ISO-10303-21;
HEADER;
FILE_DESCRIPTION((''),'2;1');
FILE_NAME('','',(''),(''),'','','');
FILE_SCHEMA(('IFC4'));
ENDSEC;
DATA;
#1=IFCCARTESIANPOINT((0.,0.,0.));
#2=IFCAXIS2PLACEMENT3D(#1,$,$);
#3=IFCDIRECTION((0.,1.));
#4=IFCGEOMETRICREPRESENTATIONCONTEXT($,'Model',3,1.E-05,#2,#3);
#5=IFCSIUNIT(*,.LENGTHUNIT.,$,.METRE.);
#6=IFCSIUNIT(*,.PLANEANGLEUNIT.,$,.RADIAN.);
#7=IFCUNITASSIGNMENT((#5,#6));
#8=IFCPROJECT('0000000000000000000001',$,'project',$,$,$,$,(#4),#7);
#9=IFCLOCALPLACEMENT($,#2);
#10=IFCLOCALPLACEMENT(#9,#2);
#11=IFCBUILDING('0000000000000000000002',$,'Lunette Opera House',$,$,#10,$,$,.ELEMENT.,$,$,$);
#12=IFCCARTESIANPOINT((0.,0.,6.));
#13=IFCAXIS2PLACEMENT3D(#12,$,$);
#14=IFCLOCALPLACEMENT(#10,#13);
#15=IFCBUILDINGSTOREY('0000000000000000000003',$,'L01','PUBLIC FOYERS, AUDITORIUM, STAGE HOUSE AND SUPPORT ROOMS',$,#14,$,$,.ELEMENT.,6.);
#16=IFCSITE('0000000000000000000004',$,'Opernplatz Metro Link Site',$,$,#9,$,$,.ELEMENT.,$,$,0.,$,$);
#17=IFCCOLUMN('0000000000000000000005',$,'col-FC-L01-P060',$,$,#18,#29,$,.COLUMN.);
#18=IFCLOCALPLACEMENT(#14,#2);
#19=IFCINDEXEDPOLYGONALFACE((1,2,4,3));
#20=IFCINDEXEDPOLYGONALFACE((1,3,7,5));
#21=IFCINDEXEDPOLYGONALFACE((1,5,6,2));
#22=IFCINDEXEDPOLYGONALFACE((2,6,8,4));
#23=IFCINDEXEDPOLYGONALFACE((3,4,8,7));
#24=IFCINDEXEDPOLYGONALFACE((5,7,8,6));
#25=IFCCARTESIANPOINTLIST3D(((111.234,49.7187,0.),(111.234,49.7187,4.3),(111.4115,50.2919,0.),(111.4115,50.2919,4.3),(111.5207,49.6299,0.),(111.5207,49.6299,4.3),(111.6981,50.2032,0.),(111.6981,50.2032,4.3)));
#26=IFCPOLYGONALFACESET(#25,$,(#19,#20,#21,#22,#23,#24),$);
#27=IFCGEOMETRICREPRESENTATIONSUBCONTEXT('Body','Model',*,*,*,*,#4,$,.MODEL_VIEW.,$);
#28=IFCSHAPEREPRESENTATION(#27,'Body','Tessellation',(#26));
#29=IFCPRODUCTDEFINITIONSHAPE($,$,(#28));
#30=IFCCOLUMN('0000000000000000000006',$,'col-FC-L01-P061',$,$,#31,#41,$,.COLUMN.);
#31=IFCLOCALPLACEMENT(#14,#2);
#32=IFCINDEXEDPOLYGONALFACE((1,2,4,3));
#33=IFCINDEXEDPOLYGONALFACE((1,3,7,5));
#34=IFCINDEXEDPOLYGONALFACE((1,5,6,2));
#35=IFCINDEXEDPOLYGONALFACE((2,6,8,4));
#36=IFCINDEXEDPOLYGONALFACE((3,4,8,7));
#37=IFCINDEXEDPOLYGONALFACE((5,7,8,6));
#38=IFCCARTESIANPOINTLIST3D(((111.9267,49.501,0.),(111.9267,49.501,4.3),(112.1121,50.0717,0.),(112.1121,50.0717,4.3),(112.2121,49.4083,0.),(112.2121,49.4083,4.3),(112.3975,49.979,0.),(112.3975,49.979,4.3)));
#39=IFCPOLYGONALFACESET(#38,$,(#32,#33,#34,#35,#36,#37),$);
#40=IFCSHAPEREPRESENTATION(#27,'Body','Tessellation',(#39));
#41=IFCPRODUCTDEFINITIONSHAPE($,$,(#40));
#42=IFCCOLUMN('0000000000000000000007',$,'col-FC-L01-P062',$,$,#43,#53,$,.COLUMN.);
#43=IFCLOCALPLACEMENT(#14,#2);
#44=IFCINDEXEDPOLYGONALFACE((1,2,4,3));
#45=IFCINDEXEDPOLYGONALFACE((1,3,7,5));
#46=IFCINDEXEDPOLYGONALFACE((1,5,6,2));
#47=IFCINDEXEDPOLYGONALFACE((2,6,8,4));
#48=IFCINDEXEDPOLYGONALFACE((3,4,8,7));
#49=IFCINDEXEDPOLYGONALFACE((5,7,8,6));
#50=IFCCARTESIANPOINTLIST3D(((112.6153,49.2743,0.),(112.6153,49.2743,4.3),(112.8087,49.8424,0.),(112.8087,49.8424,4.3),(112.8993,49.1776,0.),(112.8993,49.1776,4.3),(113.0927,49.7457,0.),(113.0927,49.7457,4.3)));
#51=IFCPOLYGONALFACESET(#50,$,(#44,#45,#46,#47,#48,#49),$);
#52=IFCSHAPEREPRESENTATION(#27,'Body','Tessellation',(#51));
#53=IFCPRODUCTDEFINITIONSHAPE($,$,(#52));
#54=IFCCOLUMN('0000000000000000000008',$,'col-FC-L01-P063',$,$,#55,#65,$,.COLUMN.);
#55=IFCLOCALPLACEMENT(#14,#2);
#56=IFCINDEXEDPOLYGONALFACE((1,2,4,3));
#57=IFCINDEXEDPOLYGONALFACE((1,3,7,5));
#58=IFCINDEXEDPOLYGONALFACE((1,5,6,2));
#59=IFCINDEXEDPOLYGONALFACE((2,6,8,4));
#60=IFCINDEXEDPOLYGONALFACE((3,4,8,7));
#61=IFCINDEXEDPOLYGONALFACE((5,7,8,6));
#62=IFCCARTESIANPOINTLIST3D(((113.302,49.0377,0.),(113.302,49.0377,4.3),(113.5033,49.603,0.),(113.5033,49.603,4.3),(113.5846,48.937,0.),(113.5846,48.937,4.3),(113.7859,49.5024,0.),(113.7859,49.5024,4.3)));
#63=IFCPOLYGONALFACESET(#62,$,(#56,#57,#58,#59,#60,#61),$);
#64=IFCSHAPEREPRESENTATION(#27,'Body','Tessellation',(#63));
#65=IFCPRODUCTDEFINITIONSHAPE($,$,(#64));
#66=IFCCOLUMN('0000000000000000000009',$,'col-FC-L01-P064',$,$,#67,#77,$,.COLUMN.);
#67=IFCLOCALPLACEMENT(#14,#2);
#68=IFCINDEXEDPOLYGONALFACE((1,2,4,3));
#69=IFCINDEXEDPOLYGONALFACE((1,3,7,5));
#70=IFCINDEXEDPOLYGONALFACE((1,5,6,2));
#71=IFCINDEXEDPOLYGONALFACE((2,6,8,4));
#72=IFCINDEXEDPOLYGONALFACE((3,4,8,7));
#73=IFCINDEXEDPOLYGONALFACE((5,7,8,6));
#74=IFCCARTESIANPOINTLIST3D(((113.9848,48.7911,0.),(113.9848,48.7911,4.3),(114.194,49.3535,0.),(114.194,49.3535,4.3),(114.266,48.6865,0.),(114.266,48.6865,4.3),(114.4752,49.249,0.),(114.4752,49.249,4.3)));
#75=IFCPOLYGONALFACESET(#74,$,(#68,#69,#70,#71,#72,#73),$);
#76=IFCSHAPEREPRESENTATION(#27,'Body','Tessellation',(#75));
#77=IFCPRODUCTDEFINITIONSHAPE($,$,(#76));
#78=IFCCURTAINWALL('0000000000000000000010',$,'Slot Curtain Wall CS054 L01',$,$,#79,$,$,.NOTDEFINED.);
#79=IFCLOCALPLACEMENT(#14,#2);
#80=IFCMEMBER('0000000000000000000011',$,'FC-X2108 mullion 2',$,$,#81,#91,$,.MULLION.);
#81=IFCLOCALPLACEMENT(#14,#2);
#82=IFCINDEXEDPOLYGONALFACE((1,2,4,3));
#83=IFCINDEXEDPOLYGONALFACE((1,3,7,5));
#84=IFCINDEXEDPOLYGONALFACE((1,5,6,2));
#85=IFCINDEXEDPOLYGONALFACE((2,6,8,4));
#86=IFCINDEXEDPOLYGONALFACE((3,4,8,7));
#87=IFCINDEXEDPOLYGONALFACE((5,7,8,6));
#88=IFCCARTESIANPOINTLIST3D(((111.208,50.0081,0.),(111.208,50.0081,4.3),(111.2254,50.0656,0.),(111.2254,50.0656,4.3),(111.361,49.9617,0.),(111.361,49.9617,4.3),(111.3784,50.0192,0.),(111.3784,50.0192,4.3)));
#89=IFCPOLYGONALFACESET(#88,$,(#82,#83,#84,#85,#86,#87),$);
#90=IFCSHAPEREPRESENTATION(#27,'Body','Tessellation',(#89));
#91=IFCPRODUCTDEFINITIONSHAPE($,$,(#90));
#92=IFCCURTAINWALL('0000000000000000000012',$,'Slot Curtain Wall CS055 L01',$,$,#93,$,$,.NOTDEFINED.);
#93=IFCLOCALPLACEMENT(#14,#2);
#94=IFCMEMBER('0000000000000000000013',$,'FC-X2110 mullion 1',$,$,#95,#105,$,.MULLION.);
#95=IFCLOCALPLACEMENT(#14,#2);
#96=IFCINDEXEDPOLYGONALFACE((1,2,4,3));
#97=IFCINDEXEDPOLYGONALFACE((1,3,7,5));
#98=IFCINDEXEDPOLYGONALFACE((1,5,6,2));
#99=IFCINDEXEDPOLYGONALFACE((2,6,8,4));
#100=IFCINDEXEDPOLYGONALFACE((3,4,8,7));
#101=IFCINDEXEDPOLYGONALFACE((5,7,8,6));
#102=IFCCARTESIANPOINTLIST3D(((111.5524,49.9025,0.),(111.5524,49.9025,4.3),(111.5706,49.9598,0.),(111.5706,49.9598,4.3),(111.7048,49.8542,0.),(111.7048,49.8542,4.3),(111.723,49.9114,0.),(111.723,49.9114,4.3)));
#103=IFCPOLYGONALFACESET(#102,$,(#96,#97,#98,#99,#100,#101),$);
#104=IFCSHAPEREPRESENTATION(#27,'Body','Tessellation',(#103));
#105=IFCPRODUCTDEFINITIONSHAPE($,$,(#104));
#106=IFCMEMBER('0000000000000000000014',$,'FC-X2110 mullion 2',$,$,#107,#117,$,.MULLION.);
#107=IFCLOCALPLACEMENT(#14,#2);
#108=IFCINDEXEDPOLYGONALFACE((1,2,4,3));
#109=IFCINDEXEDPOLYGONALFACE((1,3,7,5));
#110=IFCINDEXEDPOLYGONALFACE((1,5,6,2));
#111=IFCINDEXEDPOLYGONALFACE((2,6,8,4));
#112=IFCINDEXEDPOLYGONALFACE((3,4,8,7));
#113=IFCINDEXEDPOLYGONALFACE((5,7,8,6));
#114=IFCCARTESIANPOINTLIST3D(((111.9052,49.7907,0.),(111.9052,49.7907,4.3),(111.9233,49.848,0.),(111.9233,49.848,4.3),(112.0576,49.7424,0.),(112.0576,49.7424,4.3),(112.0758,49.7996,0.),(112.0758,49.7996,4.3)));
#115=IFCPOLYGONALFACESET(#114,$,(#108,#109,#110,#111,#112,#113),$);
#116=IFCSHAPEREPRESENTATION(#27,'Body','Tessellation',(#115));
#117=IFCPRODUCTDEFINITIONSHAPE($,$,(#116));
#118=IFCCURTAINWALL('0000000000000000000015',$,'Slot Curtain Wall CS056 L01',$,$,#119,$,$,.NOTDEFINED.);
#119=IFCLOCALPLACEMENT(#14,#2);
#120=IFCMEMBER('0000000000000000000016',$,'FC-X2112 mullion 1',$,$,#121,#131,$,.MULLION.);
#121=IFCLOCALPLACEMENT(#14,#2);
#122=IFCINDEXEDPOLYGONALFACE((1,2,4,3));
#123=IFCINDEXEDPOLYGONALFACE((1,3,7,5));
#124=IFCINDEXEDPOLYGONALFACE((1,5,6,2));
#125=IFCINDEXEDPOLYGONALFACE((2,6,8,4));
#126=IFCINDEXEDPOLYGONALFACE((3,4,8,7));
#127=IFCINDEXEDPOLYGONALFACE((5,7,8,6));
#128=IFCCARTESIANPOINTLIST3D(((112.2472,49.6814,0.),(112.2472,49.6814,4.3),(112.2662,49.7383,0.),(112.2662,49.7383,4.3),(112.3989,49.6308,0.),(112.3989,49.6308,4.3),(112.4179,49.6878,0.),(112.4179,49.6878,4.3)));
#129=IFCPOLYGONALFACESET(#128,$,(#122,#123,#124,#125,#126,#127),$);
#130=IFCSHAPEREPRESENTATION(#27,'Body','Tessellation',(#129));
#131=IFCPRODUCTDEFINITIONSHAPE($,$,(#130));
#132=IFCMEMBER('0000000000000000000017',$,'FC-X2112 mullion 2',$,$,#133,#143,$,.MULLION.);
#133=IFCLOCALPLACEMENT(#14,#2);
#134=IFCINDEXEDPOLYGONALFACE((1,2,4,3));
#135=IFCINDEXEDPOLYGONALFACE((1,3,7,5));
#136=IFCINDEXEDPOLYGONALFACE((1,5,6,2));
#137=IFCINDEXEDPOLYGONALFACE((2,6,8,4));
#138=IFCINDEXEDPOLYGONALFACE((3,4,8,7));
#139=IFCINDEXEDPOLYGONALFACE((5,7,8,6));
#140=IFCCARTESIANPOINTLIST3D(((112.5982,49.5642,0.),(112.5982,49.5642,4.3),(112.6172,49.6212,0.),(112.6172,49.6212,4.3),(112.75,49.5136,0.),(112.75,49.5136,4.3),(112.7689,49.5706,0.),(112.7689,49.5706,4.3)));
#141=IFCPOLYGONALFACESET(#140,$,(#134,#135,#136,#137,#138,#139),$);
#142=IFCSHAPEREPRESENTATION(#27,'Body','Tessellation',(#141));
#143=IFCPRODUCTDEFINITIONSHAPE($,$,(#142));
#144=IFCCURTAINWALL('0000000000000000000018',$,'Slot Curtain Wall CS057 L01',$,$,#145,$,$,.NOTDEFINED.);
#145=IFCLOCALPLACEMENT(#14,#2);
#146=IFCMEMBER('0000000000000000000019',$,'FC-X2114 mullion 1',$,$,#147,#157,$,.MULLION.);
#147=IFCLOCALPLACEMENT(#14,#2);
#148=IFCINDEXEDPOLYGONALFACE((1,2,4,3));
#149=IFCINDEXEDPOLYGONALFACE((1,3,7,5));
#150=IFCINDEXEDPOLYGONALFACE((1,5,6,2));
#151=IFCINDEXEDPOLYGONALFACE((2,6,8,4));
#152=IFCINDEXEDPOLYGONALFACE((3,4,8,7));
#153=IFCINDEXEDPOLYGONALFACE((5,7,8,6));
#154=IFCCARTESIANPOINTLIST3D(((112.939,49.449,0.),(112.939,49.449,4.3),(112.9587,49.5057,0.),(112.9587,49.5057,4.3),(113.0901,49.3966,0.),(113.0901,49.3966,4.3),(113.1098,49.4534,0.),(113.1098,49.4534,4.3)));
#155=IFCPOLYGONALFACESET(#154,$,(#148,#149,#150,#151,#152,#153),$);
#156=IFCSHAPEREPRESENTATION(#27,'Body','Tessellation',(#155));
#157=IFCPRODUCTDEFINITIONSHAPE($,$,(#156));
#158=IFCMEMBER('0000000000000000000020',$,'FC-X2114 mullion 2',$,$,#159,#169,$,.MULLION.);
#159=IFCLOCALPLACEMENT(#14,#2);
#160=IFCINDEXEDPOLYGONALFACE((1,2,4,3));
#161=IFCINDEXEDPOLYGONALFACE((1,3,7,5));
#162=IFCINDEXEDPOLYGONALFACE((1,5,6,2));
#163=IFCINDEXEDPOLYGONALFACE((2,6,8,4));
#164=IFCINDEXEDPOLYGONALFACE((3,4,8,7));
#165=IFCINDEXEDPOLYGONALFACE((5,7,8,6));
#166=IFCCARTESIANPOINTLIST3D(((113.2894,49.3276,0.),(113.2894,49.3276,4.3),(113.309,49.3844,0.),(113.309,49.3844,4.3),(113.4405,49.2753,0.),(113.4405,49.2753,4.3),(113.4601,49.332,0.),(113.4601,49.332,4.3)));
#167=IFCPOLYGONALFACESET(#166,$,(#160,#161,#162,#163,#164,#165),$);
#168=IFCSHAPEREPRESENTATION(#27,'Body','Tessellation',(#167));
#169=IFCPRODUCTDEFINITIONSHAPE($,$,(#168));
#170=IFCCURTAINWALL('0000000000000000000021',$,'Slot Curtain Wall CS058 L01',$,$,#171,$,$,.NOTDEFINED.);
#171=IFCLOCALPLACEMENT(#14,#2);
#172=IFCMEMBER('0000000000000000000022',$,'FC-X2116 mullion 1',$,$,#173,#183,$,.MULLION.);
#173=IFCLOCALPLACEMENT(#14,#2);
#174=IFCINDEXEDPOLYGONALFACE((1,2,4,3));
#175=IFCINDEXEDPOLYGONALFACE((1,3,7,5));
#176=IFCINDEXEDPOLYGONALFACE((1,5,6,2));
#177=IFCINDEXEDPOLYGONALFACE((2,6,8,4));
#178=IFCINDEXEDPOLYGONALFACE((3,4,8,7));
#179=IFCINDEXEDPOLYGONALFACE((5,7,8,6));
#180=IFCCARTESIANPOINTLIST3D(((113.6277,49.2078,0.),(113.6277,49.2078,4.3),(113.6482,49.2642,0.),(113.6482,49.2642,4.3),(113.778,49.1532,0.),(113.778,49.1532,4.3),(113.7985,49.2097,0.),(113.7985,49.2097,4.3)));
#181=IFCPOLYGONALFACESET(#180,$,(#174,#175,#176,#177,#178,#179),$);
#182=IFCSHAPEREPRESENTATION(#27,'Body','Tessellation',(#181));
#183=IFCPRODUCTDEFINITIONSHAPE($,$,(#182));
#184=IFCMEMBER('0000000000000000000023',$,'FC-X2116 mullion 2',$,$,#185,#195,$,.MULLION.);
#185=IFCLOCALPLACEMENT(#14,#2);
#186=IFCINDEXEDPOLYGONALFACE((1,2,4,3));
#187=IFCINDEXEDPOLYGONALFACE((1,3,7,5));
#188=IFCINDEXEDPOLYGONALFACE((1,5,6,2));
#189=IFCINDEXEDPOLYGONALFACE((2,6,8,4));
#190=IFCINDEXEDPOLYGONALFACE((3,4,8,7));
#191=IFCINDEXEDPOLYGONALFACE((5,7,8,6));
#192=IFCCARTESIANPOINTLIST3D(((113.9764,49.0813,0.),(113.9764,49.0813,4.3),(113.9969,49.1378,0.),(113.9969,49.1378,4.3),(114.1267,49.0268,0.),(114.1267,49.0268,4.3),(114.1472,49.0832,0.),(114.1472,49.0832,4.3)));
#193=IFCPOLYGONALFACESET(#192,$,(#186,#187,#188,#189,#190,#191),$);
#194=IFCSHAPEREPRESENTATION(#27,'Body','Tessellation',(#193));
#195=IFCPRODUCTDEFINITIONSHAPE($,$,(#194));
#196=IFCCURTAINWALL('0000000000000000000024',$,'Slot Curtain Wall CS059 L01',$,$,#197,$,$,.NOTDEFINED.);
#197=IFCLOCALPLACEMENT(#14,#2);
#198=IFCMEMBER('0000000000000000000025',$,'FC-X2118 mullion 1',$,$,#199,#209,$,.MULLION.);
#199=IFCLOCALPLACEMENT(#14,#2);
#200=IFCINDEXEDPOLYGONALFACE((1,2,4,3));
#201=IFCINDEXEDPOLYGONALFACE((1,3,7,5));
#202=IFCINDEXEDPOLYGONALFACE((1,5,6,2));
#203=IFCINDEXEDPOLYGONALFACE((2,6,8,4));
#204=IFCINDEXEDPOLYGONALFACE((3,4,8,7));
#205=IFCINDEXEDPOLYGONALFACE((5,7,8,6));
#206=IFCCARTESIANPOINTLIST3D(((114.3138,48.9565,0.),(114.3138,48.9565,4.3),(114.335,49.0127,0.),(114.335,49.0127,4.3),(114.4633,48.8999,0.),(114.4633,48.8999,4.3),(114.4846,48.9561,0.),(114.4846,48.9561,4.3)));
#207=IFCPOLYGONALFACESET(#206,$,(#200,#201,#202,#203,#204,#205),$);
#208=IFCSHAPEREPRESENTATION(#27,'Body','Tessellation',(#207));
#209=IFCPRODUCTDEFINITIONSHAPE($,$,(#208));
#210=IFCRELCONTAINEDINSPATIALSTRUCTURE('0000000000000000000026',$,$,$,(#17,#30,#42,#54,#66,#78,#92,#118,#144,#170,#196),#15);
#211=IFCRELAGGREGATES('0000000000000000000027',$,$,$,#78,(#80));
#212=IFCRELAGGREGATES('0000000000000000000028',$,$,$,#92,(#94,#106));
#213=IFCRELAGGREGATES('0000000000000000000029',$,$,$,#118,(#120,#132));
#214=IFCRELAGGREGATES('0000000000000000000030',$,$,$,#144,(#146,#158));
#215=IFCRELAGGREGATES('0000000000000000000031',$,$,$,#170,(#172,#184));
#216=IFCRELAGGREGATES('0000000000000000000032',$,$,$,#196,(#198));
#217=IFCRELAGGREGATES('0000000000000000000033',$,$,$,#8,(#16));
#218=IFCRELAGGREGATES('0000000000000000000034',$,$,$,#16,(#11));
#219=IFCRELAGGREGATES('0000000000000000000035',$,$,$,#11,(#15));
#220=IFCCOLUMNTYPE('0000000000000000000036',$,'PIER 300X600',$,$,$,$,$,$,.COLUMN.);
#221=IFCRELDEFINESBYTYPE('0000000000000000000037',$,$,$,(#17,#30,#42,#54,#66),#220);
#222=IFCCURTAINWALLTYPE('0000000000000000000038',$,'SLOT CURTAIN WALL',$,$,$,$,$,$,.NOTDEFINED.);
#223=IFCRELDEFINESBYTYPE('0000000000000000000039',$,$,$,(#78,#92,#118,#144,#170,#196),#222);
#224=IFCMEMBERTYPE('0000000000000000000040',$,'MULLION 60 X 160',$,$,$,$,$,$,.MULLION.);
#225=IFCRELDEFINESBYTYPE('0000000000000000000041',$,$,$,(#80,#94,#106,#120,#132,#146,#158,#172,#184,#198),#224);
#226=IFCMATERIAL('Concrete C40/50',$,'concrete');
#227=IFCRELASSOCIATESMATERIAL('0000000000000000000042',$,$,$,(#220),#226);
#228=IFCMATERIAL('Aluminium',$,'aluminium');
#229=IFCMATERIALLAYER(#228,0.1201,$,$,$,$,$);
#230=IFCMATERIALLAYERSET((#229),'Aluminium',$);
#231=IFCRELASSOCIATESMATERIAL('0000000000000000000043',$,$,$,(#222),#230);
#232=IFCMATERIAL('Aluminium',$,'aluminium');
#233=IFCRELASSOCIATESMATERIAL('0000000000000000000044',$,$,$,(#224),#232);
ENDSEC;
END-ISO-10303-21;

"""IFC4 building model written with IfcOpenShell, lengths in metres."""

from ifc_helpers import new_model, si_unit, direction, frame, origin, origin_2d, place, context, subcontext, project, spatial, rectangle, extrude, material, layer, layer_set, material_profile, profile_set, type_object, element, aggregate, save


model = new_model("IFC4")

# Units and contexts
model_context = context("Model", 3, precision=1e-05, world=origin(), true_north=direction((0.0, 1.0)))
body_context = subcontext(model_context, "Body", "Model", "MODEL_VIEW")
ifc_project = project(units=[si_unit("LENGTHUNIT", "METRE"), si_unit("PLANEANGLEUNIT", "RADIAN")], contexts=[model_context])

# Site, building, storey
site_placement = place(None, origin())
site = spatial("IfcSite", under=ifc_project, at=site_placement, Name="Opernplatz Metro Link Site", CompositionType="ELEMENT", RefElevation=0.0)
building_placement = place(site_placement, origin())
building = spatial("IfcBuilding", under=site, at=building_placement, Name="Lunette Opera House", CompositionType="ELEMENT")
storey_placement = place(building_placement, frame((0.0, 0.0, 6.0)))
storey = spatial("IfcBuildingStorey", under=building, at=storey_placement, Name="L01", Description="PUBLIC FOYERS, AUDITORIUM, STAGE HOUSE AND SUPPORT ROOMS", CompositionType="ELEMENT", Elevation=6.0)

# Columns
ifc_material_1 = material(Name="Concrete C40/50", Category="concrete")
ifc_material_profile_1 = material_profile(ifc_material_1, rectangle(XDim=0.3, YDim=0.6001, at=origin_2d()), Name="PIER 300X600")
ifc_profile_set_1 = profile_set([ifc_material_profile_1], Name="Concrete C40/50")
column_type = type_object("IfcColumnType", Name="PIER 300X600", PredefinedType="COLUMN", material=ifc_profile_set_1)
for number, where, z_axis, x_axis, name in (
    (1, (111.4661, 49.9609, 0.0), (0.0, 0.0, 1.0), (0.955278, -0.295708, 0.0), "col-FC-L01-P060"),
    (2, (112.1621, 49.74, 0.0), (0.0, 0.0, 1.0), (0.951057, -0.309017, 0.0), "col-FC-L01-P061"),
    (3, (112.854, 49.51, 0.0), (0.0, 0.0, 1.0), (0.946649, -0.322266, 0.0), "col-FC-L01-P062"),
    (4, (113.5439, 49.27, 0.0), (0.0, 0.0, 1.0), (0.942057, -0.335452, 0.0), "col-FC-L01-P063"),
    (5, (114.23, 49.02, 0.0), (0.0, 0.0, 1.0), (0.937282, -0.348572, 0.0), "col-FC-L01-P064"),
):
    element("IfcColumn", number, at=place(storey_placement, frame(where, z_axis=z_axis, x_axis=x_axis)), inside=storey, type_object=column_type, Name=name, PredefinedType="COLUMN", context=body_context, shape_type="SweptSolid", body=[
        extrude(rectangle(XDim=0.3, YDim=0.6001, at=origin_2d()), origin(), (0.0, 0.0, 1.0), 4.3),
    ])

# Curtain wall, member
ifc_material_2 = material(Name="Aluminium", Category="aluminium")
ifc_layer_1 = layer(ifc_material_2, 0.1201)
ifc_layer_set_1 = layer_set([ifc_layer_1], Name="Aluminium")
curtain_wall_type = type_object("IfcCurtainWallType", Name="SLOT CURTAIN WALL", PredefinedType="NOTDEFINED", material=ifc_layer_set_1)
curtain_wall_1_placement = place(storey_placement, origin())
curtain_wall_1 = element("IfcCurtainWall", 6, at=curtain_wall_1_placement, inside=storey, type_object=curtain_wall_type, Name="Slot Curtain Wall CS054 L01", PredefinedType="NOTDEFINED")
ifc_material_3 = material(Name="Aluminium", Category="aluminium")
ifc_material_profile_2 = material_profile(ifc_material_3, rectangle(XDim=0.0601, YDim=0.1599, at=origin_2d()), Name="MULLION 60 X 160")
ifc_profile_set_2 = profile_set([ifc_material_profile_2], Name="Aluminium")
member_type_1 = type_object("IfcMemberType", Name="MULLION 60 X 160", PredefinedType="MULLION", material=ifc_profile_set_2)
member_1_placement = place(storey_placement, frame((111.2932, 50.0137, 0.0), z_axis=(0.0, 0.0, 1.0), x_axis=(0.29033, 0.956927, 0.0)))
member_1 = element("IfcMember", 7, at=member_1_placement, type_object=member_type_1, Name="FC-X2108 mullion 2", PredefinedType="MULLION", context=body_context, shape_type="SweptSolid", body=[
    extrude(rectangle(XDim=0.0601, YDim=0.1599, at=origin_2d()), origin(), (0.0, 0.0, 1.0), 4.3),
])

# Curtain walls, members
curtain_wall_2_placement = place(storey_placement, origin())
curtain_wall_2 = element("IfcCurtainWall", 8, at=curtain_wall_2_placement, inside=storey, type_object=curtain_wall_type, Name="Slot Curtain Wall CS055 L01", PredefinedType="NOTDEFINED")
member_2_placement = place(storey_placement, frame((111.6377, 49.907, 0.0), z_axis=(0.0, 0.0, 1.0), x_axis=(0.302244, 0.953231, 0.0)))
member_2 = element("IfcMember", 9, at=member_2_placement, type_object=member_type_1, Name="FC-X2110 mullion 1", PredefinedType="MULLION", context=body_context, shape_type="SweptSolid", body=[
    extrude(rectangle(XDim=0.0601, YDim=0.1599, at=origin_2d()), origin(), (0.0, 0.0, 1.0), 4.3),
])
member_3_placement = place(storey_placement, frame((111.9905, 49.7952, 0.0), z_axis=(0.0, 0.0, 1.0), x_axis=(0.302244, 0.953231, 0.0)))
member_3 = element("IfcMember", 10, at=member_3_placement, type_object=member_type_1, Name="FC-X2110 mullion 2", PredefinedType="MULLION", context=body_context, shape_type="SweptSolid", body=[
    extrude(rectangle(XDim=0.0601, YDim=0.1599, at=origin_2d()), origin(), (0.0, 0.0, 1.0), 4.3),
])
curtain_wall_3_placement = place(storey_placement, origin())
curtain_wall_3 = element("IfcCurtainWall", 11, at=curtain_wall_3_placement, inside=storey, type_object=curtain_wall_type, Name="Slot Curtain Wall CS056 L01", PredefinedType="NOTDEFINED")
member_4_placement = place(storey_placement, frame((112.3325, 49.6846, 0.0), z_axis=(0.0, 0.0, 1.0), x_axis=(0.316228, 0.948683, 0.0)))
member_4 = element("IfcMember", 12, at=member_4_placement, type_object=member_type_1, Name="FC-X2112 mullion 1", PredefinedType="MULLION", context=body_context, shape_type="SweptSolid", body=[
    extrude(rectangle(XDim=0.0601, YDim=0.1599, at=origin_2d()), origin(), (0.0, 0.0, 1.0), 4.3),
])
member_5_placement = place(storey_placement, frame((112.6836, 49.5674, 0.0), z_axis=(0.0, 0.0, 1.0), x_axis=(0.316228, 0.948683, 0.0)))
member_5 = element("IfcMember", 13, at=member_5_placement, type_object=member_type_1, Name="FC-X2112 mullion 2", PredefinedType="MULLION", context=body_context, shape_type="SweptSolid", body=[
    extrude(rectangle(XDim=0.0601, YDim=0.1599, at=origin_2d()), origin(), (0.0, 0.0, 1.0), 4.3),
])
curtain_wall_4_placement = place(storey_placement, origin())
curtain_wall_4 = element("IfcCurtainWall", 14, at=curtain_wall_4_placement, inside=storey, type_object=curtain_wall_type, Name="Slot Curtain Wall CS057 L01", PredefinedType="NOTDEFINED")
member_6_placement = place(storey_placement, frame((113.0244, 49.4512, 0.0), z_axis=(0.0, 0.0, 1.0), x_axis=(0.32735, 0.944903, 0.0)))
member_6 = element("IfcMember", 15, at=member_6_placement, type_object=member_type_1, Name="FC-X2114 mullion 1", PredefinedType="MULLION", context=body_context, shape_type="SweptSolid", body=[
    extrude(rectangle(XDim=0.0601, YDim=0.1599, at=origin_2d()), origin(), (0.0, 0.0, 1.0), 4.3),
])
member_7_placement = place(storey_placement, frame((113.3748, 49.3298, 0.0), z_axis=(0.0, 0.0, 1.0), x_axis=(0.32735, 0.944903, 0.0)))
member_7 = element("IfcMember", 16, at=member_7_placement, type_object=member_type_1, Name="FC-X2114 mullion 2", PredefinedType="MULLION", context=body_context, shape_type="SweptSolid", body=[
    extrude(rectangle(XDim=0.0601, YDim=0.1599, at=origin_2d()), origin(), (0.0, 0.0, 1.0), 4.3),
])
curtain_wall_5_placement = place(storey_placement, origin())
curtain_wall_5 = element("IfcCurtainWall", 17, at=curtain_wall_5_placement, inside=storey, type_object=curtain_wall_type, Name="Slot Curtain Wall CS058 L01", PredefinedType="NOTDEFINED")
member_8_placement = place(storey_placement, frame((113.7131, 49.2087, 0.0), z_axis=(0.0, 0.0, 1.0), x_axis=(0.341184, 0.939997, 0.0)))
member_8 = element("IfcMember", 18, at=member_8_placement, type_object=member_type_1, Name="FC-X2116 mullion 1", PredefinedType="MULLION", context=body_context, shape_type="SweptSolid", body=[
    extrude(rectangle(XDim=0.0601, YDim=0.1599, at=origin_2d()), origin(), (0.0, 0.0, 1.0), 4.3),
])
member_9_placement = place(storey_placement, frame((114.0618, 49.0823, 0.0), z_axis=(0.0, 0.0, 1.0), x_axis=(0.341184, 0.939997, 0.0)))
member_9 = element("IfcMember", 19, at=member_9_placement, type_object=member_type_1, Name="FC-X2116 mullion 2", PredefinedType="MULLION", context=body_context, shape_type="SweptSolid", body=[
    extrude(rectangle(XDim=0.0601, YDim=0.1599, at=origin_2d()), origin(), (0.0, 0.0, 1.0), 4.3),
])

# Curtain wall, member
curtain_wall_6_placement = place(storey_placement, origin())
curtain_wall_6 = element("IfcCurtainWall", 20, at=curtain_wall_6_placement, inside=storey, type_object=curtain_wall_type, Name="Slot Curtain Wall CS059 L01", PredefinedType="NOTDEFINED")
member_10_placement = place(storey_placement, frame((114.3992, 48.9563, 0.0), z_axis=(0.0, 0.0, 1.0), x_axis=(0.353672, 0.935369, 0.0)))
member_10 = element("IfcMember", 21, at=member_10_placement, type_object=member_type_1, Name="FC-X2118 mullion 1", PredefinedType="MULLION", context=body_context, shape_type="SweptSolid", body=[
    extrude(rectangle(XDim=0.0601, YDim=0.1599, at=origin_2d()), origin(), (0.0, 0.0, 1.0), 4.3),
])

aggregate(curtain_wall_1, [member_1])
aggregate(curtain_wall_2, [member_2, member_3])
aggregate(curtain_wall_3, [member_4, member_5])
aggregate(curtain_wall_4, [member_6, member_7])
aggregate(curtain_wall_5, [member_8, member_9])
aggregate(curtain_wall_6, [member_10])

save(model, "model.ifc")
